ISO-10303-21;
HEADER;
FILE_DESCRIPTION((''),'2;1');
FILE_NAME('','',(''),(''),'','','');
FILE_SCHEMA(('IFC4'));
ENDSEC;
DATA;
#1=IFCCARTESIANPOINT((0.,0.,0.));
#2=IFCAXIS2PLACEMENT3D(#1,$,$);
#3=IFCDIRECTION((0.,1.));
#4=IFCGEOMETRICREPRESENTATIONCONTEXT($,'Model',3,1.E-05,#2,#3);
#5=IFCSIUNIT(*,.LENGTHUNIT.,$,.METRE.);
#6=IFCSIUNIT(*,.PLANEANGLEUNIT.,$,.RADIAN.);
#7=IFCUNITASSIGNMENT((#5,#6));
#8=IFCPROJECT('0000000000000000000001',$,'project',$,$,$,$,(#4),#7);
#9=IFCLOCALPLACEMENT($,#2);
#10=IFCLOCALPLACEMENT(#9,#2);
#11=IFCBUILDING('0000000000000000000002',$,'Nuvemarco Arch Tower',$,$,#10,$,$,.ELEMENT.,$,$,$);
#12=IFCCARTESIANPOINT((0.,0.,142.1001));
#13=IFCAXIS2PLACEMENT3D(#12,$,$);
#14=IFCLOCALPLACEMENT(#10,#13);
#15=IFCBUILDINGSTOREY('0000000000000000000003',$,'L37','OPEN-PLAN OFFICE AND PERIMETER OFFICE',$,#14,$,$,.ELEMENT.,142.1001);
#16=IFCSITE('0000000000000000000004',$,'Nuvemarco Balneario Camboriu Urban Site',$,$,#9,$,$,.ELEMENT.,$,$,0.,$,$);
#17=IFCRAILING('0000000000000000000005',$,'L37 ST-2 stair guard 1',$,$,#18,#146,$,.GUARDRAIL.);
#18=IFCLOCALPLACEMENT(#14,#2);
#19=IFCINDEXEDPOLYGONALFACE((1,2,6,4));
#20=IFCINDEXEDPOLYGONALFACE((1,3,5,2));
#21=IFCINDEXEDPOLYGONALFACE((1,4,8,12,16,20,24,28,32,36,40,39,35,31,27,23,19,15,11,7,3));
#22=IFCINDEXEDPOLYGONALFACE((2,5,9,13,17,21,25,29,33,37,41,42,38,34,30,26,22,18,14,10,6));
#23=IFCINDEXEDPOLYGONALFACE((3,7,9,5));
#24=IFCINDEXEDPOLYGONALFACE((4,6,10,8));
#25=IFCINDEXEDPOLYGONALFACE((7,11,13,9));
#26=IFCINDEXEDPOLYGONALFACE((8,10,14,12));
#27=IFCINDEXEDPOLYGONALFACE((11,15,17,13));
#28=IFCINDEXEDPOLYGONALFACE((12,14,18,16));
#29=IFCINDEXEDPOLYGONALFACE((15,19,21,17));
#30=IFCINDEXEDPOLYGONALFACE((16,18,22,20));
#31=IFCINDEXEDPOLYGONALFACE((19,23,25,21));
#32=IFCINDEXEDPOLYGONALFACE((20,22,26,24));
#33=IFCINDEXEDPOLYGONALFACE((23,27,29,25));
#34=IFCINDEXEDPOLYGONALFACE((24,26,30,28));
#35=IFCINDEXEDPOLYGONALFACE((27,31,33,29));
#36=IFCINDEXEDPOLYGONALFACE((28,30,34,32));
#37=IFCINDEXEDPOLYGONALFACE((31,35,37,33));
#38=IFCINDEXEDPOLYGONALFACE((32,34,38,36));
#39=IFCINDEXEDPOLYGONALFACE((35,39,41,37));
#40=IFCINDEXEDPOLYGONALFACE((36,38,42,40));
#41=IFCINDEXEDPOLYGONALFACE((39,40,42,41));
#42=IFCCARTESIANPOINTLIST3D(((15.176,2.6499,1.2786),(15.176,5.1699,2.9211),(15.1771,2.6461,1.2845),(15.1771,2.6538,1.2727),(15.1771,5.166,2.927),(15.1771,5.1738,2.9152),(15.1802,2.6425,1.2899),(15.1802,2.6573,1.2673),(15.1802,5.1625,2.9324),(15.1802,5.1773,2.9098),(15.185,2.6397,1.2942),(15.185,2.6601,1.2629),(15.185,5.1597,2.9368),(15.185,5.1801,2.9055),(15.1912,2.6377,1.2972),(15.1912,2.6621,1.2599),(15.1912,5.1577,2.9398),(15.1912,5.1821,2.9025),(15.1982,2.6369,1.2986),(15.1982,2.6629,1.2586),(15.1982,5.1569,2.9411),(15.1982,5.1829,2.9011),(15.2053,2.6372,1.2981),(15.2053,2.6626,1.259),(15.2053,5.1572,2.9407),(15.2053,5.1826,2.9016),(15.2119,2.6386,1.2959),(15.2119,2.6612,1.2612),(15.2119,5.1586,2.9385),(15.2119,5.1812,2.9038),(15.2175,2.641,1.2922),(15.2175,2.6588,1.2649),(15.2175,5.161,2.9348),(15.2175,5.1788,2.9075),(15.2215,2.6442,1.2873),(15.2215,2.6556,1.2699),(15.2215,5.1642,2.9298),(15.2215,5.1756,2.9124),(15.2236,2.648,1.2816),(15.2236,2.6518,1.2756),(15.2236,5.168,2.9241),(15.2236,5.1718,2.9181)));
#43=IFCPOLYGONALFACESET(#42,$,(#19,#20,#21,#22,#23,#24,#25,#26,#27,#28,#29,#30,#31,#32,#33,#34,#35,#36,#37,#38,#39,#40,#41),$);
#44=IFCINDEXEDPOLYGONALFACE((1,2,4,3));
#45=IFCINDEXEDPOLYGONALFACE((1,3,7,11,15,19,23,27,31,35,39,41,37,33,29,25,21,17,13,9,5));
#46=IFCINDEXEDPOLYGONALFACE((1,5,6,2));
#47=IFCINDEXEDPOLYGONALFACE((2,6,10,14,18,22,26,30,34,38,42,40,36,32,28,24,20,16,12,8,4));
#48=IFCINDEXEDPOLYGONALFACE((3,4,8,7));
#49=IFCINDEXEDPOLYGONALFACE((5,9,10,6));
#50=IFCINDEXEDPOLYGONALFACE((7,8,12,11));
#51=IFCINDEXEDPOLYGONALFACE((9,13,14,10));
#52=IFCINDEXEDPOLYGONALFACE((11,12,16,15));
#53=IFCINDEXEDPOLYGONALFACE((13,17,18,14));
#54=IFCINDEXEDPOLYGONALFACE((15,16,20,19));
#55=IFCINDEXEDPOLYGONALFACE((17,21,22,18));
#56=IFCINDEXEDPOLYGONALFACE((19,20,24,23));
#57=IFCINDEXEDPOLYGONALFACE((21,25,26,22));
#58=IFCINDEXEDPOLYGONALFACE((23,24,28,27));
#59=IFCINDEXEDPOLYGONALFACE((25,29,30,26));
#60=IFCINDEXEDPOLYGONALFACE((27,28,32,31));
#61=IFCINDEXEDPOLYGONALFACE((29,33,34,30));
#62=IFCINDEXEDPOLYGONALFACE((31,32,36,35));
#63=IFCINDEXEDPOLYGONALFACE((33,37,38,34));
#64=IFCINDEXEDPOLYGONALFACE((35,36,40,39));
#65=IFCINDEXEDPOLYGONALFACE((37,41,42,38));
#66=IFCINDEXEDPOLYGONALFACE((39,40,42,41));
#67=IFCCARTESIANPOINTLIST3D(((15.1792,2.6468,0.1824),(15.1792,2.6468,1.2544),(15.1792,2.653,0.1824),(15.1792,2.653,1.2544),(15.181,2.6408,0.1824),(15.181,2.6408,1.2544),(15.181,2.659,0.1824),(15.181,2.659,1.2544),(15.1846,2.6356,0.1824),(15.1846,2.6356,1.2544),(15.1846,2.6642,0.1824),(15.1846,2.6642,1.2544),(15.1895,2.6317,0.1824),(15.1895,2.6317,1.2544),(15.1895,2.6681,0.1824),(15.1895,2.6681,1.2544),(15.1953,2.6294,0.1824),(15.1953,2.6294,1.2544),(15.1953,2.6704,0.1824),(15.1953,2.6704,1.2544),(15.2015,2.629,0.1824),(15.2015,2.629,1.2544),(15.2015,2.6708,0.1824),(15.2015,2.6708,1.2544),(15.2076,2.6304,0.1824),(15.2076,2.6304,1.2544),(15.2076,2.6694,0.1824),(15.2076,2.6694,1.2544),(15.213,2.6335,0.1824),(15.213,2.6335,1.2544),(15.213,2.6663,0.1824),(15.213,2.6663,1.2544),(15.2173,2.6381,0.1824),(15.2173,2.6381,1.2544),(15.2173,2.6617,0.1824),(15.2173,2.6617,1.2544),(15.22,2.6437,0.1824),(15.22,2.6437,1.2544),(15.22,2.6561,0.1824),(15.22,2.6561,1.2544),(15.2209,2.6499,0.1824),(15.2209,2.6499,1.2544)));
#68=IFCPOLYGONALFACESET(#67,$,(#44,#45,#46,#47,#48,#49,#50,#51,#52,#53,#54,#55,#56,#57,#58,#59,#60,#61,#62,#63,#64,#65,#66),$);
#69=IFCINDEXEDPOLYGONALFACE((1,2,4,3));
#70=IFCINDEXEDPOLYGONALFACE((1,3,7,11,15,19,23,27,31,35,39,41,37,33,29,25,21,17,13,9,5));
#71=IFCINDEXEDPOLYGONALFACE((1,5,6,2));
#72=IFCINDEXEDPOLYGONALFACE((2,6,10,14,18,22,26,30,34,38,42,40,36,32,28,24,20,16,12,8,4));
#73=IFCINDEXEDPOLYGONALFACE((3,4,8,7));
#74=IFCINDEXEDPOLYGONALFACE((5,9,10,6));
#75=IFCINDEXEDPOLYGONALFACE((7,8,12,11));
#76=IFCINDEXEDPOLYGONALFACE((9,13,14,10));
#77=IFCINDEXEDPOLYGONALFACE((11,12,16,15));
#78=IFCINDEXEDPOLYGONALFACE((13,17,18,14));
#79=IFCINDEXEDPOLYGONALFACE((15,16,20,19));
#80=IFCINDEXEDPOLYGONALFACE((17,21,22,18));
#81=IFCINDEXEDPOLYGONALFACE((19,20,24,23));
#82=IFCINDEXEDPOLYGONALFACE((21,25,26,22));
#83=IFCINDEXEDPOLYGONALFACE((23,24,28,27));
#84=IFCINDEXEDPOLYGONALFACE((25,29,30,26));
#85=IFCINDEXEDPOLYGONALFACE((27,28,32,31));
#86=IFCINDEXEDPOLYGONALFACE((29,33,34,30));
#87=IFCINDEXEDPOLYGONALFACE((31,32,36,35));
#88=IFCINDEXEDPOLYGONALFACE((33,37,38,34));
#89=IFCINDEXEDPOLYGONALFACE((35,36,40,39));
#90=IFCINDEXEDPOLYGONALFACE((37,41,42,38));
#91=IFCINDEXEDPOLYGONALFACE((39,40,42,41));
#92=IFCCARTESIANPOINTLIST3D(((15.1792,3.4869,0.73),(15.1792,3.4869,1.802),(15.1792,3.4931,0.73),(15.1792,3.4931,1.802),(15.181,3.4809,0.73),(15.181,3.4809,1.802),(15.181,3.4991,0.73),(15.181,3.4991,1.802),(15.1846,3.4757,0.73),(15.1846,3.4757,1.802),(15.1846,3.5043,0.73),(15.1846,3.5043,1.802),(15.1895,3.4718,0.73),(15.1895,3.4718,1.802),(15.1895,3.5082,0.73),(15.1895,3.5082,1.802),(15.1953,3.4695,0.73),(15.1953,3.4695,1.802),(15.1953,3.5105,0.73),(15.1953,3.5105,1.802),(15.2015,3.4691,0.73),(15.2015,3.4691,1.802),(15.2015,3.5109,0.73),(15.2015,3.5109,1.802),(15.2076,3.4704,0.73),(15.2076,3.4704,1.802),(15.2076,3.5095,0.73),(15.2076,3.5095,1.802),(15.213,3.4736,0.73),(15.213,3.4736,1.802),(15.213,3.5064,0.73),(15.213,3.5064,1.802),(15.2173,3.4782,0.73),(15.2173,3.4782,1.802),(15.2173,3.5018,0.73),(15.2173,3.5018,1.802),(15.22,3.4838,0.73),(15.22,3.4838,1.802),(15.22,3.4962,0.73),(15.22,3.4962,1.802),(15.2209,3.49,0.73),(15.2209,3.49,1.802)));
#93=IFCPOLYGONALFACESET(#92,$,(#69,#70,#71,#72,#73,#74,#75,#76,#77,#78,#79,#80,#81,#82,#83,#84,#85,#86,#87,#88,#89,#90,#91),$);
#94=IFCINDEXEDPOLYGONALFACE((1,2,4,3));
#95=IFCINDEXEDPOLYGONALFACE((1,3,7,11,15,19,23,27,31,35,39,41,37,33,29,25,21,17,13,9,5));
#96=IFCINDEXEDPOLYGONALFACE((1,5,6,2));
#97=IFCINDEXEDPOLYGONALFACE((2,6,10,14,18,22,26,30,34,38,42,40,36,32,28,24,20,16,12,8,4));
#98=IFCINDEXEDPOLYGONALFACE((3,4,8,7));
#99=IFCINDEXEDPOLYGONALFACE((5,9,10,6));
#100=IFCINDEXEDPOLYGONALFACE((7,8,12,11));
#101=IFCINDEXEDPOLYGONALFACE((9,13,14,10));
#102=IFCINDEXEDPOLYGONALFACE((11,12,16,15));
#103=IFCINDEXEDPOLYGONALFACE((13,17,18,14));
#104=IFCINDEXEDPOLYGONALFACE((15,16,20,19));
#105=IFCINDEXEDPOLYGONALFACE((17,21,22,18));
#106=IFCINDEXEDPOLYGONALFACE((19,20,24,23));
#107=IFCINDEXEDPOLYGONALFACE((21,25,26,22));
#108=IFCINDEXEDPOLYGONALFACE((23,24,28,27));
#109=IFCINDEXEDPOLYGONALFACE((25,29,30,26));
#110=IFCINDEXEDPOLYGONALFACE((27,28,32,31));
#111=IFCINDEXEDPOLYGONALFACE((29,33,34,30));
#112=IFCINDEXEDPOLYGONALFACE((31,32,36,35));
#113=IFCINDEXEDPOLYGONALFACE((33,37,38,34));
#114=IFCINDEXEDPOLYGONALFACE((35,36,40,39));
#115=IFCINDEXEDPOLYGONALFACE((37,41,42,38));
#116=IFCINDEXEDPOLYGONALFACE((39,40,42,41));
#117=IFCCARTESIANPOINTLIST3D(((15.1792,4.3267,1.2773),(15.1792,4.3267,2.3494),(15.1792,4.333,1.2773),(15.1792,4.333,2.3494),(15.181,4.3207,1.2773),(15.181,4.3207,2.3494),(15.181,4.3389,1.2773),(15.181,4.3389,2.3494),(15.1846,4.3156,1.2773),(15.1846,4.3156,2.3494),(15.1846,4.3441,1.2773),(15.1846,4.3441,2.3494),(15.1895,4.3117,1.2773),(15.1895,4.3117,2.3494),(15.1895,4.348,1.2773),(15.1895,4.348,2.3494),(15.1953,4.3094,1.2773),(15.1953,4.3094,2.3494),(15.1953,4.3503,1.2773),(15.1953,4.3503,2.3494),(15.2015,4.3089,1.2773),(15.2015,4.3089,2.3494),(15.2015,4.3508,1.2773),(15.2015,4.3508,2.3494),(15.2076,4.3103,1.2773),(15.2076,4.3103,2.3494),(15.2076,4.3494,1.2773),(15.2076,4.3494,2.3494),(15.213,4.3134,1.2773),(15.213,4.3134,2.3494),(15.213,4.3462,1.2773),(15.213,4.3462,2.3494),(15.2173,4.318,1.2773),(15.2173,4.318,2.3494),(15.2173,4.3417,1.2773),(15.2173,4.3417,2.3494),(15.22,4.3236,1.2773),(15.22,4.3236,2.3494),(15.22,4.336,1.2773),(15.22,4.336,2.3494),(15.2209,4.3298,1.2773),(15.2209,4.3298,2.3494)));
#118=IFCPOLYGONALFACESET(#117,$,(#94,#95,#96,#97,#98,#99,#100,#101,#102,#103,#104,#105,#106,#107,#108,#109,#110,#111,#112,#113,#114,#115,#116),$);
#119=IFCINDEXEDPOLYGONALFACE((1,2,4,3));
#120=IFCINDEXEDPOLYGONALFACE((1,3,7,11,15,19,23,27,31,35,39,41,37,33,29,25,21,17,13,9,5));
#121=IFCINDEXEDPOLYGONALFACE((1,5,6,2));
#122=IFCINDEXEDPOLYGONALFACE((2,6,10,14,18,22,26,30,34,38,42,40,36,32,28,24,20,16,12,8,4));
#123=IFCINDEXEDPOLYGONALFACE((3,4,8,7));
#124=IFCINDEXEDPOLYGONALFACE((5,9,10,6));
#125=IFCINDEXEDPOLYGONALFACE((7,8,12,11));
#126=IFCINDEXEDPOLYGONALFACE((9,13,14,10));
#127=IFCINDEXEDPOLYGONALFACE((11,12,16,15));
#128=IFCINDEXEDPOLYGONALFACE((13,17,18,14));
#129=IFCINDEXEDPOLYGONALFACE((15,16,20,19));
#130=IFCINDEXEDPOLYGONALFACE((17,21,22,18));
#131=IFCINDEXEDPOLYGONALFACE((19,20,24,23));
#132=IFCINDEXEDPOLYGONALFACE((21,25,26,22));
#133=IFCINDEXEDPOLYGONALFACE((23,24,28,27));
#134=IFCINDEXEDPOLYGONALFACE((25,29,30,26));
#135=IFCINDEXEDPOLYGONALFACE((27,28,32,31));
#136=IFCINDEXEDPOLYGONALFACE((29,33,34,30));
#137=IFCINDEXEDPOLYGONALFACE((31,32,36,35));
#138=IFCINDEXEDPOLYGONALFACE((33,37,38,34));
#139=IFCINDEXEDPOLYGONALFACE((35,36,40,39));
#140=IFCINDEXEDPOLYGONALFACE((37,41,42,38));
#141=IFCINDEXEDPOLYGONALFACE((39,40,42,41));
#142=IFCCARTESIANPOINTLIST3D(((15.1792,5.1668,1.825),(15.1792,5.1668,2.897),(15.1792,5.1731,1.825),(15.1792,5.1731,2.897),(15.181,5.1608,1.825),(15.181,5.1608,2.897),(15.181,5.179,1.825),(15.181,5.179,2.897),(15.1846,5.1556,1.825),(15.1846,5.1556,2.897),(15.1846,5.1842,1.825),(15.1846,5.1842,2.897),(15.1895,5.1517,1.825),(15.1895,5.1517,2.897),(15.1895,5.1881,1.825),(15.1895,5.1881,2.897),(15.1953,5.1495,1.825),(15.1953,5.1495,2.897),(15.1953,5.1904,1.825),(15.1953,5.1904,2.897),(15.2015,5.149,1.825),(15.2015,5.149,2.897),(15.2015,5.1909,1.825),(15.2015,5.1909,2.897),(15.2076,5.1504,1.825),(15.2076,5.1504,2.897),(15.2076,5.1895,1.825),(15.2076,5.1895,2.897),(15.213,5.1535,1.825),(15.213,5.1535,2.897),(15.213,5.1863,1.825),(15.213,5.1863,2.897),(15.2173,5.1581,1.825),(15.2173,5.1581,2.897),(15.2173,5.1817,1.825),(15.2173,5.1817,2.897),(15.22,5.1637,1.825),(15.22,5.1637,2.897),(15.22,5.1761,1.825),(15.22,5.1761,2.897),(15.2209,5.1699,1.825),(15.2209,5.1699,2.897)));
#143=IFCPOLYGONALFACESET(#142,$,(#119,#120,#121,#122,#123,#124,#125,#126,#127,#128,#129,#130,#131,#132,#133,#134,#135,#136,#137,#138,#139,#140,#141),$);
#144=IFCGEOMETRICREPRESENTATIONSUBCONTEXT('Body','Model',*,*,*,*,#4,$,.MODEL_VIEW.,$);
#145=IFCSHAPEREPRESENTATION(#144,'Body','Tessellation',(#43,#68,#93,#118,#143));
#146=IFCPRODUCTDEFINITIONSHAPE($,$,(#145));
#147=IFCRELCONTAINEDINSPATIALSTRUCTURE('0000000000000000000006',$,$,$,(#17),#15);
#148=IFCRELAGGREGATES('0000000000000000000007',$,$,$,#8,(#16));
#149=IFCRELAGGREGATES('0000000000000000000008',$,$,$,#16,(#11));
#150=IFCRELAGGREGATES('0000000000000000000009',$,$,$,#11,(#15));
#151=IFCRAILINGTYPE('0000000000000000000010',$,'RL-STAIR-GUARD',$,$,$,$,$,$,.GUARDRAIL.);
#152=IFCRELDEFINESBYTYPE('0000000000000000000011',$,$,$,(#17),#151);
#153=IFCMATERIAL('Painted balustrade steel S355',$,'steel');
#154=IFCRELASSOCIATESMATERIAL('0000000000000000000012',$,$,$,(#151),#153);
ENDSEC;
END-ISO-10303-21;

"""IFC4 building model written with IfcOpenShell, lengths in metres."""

from ifc_helpers import new_model, si_unit, direction, frame, origin, origin_2d, place, context, subcontext, project, spatial, circle, extrude, material, type_object, element, save


model = new_model("IFC4")

# Units and contexts
model_context = context("Model", 3, precision=1e-05, world=origin(), true_north=direction((0.0, 1.0)))
body_context = subcontext(model_context, "Body", "Model", "MODEL_VIEW")
ifc_project = project(units=[si_unit("LENGTHUNIT", "METRE"), si_unit("PLANEANGLEUNIT", "RADIAN")], contexts=[model_context])

# Site, building, storey
site_placement = place(None, origin())
site = spatial("IfcSite", under=ifc_project, at=site_placement, Name="Nuvemarco Balneario Camboriu Urban Site", CompositionType="ELEMENT", RefElevation=0.0)
building_placement = place(site_placement, origin())
building = spatial("IfcBuilding", under=site, at=building_placement, Name="Nuvemarco Arch Tower", CompositionType="ELEMENT")
storey_placement = place(building_placement, frame((0.0, 0.0, 142.1001)))
storey = spatial("IfcBuildingStorey", under=building, at=storey_placement, Name="L37", Description="OPEN-PLAN OFFICE AND PERIMETER OFFICE", CompositionType="ELEMENT", Elevation=142.1001)

# Railing
ifc_material_1 = material(Name="Painted balustrade steel S355", Category="steel")
railing_type_1 = type_object("IfcRailingType", Name="RL-STAIR-GUARD", PredefinedType="GUARDRAIL", material=ifc_material_1)
railing_1_placement = place(storey_placement, frame((15.2, 2.6499, 0.1824)))
element("IfcRailing", 1, at=railing_1_placement, inside=storey, type_object=railing_type_1, Name="L37 ST-2 stair guard 1", PredefinedType="GUARDRAIL", context=body_context, shape_type="SweptSolid", body=[
    extrude(circle(Radius=0.0239, at=origin_2d()), frame((0.0, 0.0, 1.0962), z_axis=(0.0, 0.837749, 0.546055), x_axis=(-1.0, 0.0, 0.0)), (0.0, 0.0, 1.0), 3.0081),
    extrude(circle(Radius=0.021, at=origin_2d()), origin(), (0.0, 0.0, 1.0), 1.072),
    extrude(circle(Radius=0.021, at=origin_2d()), frame((0.0, 0.8401, 0.5476)), (0.0, 0.0, 1.0), 1.072),
    extrude(circle(Radius=0.021, at=origin_2d()), frame((0.0, 1.6799, 1.095)), (0.0, 0.0, 1.0), 1.072),
    extrude(circle(Radius=0.021, at=origin_2d()), frame((0.0, 2.52, 1.6426)), (0.0, 0.0, 1.0), 1.072),
])

save(model, "model.ifc")
